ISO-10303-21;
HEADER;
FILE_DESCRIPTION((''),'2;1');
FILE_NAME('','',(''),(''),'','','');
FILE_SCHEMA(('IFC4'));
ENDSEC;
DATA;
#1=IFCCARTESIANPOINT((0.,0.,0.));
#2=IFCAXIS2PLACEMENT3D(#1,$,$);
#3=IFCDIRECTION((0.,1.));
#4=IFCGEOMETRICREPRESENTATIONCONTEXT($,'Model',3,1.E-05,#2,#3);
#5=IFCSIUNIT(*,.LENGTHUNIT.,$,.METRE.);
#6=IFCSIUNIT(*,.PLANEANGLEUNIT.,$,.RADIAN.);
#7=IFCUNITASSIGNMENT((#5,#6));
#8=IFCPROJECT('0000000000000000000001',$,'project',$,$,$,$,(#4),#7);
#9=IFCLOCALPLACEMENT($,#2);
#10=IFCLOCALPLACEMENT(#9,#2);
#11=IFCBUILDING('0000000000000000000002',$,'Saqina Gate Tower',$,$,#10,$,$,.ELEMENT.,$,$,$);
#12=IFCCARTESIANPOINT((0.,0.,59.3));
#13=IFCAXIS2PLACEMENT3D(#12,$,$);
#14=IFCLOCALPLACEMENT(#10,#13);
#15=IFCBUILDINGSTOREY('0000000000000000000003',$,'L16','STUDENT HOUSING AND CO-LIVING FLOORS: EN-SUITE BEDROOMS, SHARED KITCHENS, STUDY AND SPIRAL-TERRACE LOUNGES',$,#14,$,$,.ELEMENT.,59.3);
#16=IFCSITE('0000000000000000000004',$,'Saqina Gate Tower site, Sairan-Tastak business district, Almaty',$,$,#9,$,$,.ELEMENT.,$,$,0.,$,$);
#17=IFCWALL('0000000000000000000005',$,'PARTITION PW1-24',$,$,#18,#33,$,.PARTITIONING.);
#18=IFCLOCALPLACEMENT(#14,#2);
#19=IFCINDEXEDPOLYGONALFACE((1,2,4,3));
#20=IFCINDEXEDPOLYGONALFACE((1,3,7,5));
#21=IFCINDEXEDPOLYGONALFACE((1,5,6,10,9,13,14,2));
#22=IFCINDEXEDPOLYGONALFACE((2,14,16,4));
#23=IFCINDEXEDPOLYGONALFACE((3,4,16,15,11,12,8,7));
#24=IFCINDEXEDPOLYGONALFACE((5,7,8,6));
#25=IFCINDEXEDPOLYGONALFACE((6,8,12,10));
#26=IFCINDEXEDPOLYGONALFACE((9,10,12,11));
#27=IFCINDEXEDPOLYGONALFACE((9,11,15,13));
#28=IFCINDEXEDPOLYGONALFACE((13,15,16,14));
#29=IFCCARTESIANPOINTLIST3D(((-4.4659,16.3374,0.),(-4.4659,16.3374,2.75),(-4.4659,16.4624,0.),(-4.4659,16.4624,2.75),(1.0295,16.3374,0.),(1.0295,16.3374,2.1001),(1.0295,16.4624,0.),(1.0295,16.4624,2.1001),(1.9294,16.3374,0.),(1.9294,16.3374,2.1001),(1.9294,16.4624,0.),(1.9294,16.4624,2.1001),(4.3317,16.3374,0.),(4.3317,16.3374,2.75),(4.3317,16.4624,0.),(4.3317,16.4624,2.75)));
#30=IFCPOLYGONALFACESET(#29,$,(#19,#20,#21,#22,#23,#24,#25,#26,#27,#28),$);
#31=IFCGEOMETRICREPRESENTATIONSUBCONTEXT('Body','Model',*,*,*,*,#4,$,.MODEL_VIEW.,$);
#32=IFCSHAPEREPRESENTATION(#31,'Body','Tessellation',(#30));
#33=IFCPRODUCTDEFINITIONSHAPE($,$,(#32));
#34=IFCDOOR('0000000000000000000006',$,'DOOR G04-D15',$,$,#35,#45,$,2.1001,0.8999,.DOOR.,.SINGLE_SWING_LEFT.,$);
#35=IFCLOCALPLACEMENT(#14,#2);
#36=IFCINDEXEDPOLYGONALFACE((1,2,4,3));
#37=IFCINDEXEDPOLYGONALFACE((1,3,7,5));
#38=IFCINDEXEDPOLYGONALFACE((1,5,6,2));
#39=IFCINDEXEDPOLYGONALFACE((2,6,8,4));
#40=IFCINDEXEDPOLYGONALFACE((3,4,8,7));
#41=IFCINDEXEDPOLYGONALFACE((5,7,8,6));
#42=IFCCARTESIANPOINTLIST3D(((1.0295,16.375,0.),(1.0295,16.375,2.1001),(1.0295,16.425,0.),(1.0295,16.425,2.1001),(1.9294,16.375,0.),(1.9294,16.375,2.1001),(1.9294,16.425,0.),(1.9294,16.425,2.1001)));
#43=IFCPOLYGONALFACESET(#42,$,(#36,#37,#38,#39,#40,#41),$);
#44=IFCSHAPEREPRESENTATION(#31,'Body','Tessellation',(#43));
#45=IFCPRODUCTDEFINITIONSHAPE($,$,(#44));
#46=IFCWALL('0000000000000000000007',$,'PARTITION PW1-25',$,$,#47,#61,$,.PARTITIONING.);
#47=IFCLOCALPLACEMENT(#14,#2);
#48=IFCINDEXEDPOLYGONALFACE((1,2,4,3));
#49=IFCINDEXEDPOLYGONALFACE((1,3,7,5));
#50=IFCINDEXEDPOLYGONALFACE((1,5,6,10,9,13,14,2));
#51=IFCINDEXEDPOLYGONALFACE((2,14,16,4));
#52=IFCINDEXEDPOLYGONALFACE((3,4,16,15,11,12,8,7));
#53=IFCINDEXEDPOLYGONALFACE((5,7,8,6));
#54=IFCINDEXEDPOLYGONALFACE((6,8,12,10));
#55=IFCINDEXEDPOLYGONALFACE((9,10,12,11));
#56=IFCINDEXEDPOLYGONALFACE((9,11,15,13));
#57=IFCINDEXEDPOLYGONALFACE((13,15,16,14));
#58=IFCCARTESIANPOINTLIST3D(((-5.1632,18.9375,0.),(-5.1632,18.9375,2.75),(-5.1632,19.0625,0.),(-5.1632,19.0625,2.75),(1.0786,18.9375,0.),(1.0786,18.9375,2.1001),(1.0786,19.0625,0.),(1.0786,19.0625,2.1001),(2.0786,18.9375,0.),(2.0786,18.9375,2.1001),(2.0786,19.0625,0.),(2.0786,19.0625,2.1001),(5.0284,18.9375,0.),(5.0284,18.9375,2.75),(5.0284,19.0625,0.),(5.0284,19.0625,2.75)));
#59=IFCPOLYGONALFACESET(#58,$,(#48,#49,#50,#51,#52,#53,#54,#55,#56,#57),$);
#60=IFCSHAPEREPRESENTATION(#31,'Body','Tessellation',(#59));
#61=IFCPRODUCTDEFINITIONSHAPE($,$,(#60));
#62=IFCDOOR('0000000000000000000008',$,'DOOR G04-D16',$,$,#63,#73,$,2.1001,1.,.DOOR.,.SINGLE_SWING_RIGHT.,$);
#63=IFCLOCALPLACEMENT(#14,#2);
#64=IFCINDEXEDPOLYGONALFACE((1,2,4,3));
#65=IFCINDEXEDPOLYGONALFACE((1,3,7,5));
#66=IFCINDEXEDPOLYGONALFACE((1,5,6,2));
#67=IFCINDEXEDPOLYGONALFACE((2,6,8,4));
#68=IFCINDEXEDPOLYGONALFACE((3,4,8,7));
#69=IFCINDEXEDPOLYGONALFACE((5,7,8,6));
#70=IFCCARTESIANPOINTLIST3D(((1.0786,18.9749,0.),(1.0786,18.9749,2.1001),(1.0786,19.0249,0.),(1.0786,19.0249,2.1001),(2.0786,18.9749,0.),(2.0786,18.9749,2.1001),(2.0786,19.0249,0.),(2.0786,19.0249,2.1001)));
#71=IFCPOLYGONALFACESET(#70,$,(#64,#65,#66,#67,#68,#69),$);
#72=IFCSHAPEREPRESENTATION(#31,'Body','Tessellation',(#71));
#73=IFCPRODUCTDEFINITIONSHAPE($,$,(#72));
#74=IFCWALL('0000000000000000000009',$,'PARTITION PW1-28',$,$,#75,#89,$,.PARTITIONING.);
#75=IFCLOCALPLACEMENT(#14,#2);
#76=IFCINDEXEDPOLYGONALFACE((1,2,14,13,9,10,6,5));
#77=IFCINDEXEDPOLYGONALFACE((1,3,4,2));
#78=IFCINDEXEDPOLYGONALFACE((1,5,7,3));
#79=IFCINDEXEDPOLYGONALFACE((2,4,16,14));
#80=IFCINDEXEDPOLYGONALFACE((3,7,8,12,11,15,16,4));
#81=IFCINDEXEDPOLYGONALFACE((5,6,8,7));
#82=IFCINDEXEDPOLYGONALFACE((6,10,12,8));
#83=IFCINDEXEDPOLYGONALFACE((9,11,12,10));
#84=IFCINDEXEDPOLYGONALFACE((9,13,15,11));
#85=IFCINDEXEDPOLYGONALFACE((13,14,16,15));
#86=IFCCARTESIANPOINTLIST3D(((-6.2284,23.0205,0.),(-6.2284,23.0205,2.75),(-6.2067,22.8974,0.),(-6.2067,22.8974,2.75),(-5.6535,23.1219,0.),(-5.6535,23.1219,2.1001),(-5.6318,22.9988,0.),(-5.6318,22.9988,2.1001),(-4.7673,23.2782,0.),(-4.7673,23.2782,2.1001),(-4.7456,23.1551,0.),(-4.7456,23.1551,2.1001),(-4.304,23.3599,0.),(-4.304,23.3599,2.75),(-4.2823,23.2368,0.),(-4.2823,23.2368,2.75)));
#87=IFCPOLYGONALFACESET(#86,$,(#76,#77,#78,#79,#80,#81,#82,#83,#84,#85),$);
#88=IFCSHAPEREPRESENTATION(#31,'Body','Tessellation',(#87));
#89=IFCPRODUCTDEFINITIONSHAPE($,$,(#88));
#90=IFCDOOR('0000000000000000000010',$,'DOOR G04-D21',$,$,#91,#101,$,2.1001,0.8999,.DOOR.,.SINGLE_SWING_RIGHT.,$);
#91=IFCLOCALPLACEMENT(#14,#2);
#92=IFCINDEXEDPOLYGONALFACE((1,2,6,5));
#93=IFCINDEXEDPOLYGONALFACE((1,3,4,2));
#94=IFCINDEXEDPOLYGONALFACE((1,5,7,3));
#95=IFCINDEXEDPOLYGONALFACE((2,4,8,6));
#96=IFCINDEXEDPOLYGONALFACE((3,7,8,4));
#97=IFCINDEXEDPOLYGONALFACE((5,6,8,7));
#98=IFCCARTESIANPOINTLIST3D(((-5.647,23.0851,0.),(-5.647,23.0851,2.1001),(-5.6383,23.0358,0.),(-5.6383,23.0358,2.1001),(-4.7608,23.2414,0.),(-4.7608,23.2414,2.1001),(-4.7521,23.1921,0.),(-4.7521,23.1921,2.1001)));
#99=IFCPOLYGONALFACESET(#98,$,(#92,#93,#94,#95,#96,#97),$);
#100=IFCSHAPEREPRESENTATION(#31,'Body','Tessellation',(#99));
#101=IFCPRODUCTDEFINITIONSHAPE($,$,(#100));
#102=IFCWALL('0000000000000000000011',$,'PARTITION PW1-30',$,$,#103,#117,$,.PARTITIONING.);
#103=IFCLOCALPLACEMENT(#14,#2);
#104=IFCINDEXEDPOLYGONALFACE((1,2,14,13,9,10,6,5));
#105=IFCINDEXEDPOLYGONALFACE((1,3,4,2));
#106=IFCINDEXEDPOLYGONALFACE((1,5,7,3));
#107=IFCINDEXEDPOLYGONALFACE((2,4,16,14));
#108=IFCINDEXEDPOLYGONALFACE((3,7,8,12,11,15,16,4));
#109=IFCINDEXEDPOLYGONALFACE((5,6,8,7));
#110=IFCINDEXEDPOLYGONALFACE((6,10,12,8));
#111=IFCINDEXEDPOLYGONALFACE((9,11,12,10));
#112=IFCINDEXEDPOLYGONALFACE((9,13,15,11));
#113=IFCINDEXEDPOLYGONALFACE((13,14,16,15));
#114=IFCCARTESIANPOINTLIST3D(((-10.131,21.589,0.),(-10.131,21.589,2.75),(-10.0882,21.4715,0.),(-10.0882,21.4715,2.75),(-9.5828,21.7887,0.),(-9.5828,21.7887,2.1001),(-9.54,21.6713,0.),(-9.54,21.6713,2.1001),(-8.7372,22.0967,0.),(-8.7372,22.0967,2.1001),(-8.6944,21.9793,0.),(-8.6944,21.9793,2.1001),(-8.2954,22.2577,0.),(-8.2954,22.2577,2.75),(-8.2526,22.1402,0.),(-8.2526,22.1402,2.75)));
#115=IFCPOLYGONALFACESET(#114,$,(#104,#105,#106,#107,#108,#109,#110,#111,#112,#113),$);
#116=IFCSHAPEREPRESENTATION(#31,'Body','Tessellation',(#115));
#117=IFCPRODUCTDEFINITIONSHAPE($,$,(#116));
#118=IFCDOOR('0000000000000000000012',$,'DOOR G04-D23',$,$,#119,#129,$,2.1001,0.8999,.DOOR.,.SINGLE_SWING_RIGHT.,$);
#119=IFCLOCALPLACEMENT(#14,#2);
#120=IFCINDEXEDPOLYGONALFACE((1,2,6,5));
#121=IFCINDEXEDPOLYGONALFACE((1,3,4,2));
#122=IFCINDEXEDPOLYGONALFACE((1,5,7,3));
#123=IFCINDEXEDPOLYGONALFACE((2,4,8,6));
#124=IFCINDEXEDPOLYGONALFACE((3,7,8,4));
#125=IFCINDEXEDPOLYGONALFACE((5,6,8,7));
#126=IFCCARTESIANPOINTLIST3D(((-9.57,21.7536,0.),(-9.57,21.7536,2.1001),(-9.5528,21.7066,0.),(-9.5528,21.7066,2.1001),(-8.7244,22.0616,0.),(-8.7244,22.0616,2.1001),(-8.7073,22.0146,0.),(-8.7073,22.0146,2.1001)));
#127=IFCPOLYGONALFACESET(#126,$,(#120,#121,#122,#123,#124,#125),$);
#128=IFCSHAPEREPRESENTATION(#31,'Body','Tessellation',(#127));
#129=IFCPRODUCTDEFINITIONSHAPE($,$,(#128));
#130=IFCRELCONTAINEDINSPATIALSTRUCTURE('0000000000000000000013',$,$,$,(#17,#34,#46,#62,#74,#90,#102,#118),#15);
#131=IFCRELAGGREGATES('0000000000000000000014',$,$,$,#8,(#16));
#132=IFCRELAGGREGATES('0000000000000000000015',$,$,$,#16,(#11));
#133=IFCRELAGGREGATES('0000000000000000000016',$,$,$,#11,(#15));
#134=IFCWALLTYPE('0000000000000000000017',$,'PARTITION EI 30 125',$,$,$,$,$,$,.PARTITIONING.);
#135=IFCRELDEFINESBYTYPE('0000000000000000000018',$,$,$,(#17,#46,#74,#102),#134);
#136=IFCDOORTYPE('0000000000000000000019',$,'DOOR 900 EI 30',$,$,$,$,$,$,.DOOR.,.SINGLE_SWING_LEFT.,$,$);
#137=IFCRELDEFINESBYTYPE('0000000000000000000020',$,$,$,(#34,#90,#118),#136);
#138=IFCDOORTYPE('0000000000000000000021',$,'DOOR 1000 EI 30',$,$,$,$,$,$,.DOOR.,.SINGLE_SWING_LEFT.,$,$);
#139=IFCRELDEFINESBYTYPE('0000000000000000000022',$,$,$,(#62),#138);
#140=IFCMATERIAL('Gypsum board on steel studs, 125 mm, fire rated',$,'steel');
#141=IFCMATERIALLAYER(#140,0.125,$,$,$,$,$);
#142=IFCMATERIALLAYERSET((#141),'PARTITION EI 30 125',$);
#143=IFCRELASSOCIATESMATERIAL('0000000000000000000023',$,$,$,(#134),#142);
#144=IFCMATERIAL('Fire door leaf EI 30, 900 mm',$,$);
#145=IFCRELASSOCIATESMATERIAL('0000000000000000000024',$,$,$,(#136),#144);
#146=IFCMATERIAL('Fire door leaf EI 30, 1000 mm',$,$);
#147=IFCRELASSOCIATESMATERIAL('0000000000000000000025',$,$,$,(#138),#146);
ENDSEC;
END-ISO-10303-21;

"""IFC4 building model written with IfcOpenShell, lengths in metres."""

from ifc_helpers import new_model, si_unit, direction, frame, frame_2d, origin, place, context, subcontext, project, spatial, rectangle, extrude, material, layer, layer_set, type_object, element, fill, save


model = new_model("IFC4")

# Units and contexts
model_context = context("Model", 3, precision=1e-05, world=origin(), true_north=direction((0.0, 1.0)))
body_context = subcontext(model_context, "Body", "Model", "MODEL_VIEW")
ifc_project = project(units=[si_unit("LENGTHUNIT", "METRE"), si_unit("PLANEANGLEUNIT", "RADIAN")], contexts=[model_context])

# Site, building, storey
site_placement = place(None, origin())
site = spatial("IfcSite", under=ifc_project, at=site_placement, Name="Saqina Gate Tower site, Sairan-Tastak business district, Almaty", CompositionType="ELEMENT", RefElevation=0.0)
building_placement = place(site_placement, origin())
building = spatial("IfcBuilding", under=site, at=building_placement, Name="Saqina Gate Tower", CompositionType="ELEMENT")
storey_placement = place(building_placement, frame((0.0, 0.0, 59.3)))
storey = spatial("IfcBuildingStorey", under=building, at=storey_placement, Name="L16", Description="STUDENT HOUSING AND CO-LIVING FLOORS: EN-SUITE BEDROOMS, SHARED KITCHENS, STUDY AND SPIRAL-TERRACE LOUNGES", CompositionType="ELEMENT", Elevation=59.3)

# Walls, openings, doors
ifc_material_1 = material(Name="Gypsum board on steel studs, 125 mm, fire rated", Category="steel")
ifc_layer_1 = layer(ifc_material_1, 0.125)
ifc_layer_set_1 = layer_set([ifc_layer_1], Name="PARTITION EI 30 125")
wall_type_1 = type_object("IfcWallType", Name="PARTITION EI 30 125", PredefinedType="PARTITIONING", material=ifc_layer_set_1)
wall_1_placement = place(storey_placement, frame((-4.4661, 16.3999, 0.0), z_axis=(0.0, 0.0, 1.0), x_axis=(1.0, 0.0, 0.0)))
wall_1 = element("IfcWall", 1, at=wall_1_placement, inside=storey, type_object=wall_type_1, Name="PARTITION PW1-24", PredefinedType="PARTITIONING", context=body_context, shape_type="SweptSolid", body=[
    extrude(rectangle(XDim=8.7976, YDim=0.125, at=frame_2d((4.3989, 0.0))), origin(), (0.0, 0.0, 1.0), 2.75),
])
opening_1_placement = place(wall_1_placement, frame((5.4956, 0.0, 0.0)))
opening_1 = element("IfcOpeningElement", 2, at=opening_1_placement, cuts=wall_1, PredefinedType="OPENING", context=body_context, shape_type="SweptSolid", body=[
    extrude(rectangle(XDim=0.8999, YDim=2.1001, at=frame_2d((0.45, 1.05))), frame((0.0, 0.0745, 0.0), z_axis=(0.0, -1.0, 0.0), x_axis=(1.0, 0.0, 0.0)), (0.0, 0.0, 1.0), 0.1489),
])
ifc_material_2 = material(Name="Fire door leaf EI 30, 900 mm")
door_type_1 = type_object("IfcDoorType", Name="DOOR 900 EI 30", OperationType="SINGLE_SWING_LEFT", PredefinedType="DOOR", material=ifc_material_2)
door_1_placement = place(opening_1_placement, frame((0.8999, 0.0, 0.0), z_axis=(0.0, 0.0, 1.0), x_axis=(-1.0, 0.0, 0.0)))
door_1 = element("IfcDoor", 3, at=door_1_placement, inside=storey, type_object=door_type_1, Name="DOOR G04-D15", OperationType="SINGLE_SWING_LEFT", OverallHeight=2.1001, OverallWidth=0.8999, PredefinedType="DOOR", context=body_context, shape_type="SweptSolid", body=[
    extrude(rectangle(XDim=0.8999, YDim=2.1001, at=frame_2d((0.45, 1.05))), frame((0.0, 0.0249, 0.0), z_axis=(0.0, -1.0, 0.0), x_axis=(1.0, 0.0, 0.0)), (0.0, 0.0, 1.0), 0.05),
])
fill(opening_1, door_1)
wall_2_placement = place(storey_placement, frame((-5.1631, 19.0, 0.0), z_axis=(0.0, 0.0, 1.0), x_axis=(1.0, 0.0, 0.0)))
wall_2 = element("IfcWall", 4, at=wall_2_placement, inside=storey, type_object=wall_type_1, Name="PARTITION PW1-25", PredefinedType="PARTITIONING", context=body_context, shape_type="SweptSolid", body=[
    extrude(rectangle(XDim=10.1917, YDim=0.125, at=frame_2d((5.0957, 0.0))), origin(), (0.0, 0.0, 1.0), 2.75),
])
opening_2_placement = place(wall_2_placement, frame((6.2417, 0.0, 0.0)))
opening_2 = element("IfcOpeningElement", 5, at=opening_2_placement, cuts=wall_2, PredefinedType="OPENING", context=body_context, shape_type="SweptSolid", body=[
    extrude(rectangle(XDim=1.0, YDim=2.1001, at=frame_2d((0.5, 1.05))), frame((0.0, 0.0745, 0.0), z_axis=(0.0, -1.0, 0.0), x_axis=(1.0, 0.0, 0.0)), (0.0, 0.0, 1.0), 0.1489),
])
ifc_material_3 = material(Name="Fire door leaf EI 30, 1000 mm")
door_type_2 = type_object("IfcDoorType", Name="DOOR 1000 EI 30", OperationType="SINGLE_SWING_LEFT", PredefinedType="DOOR", material=ifc_material_3)
door_2_placement = place(opening_2_placement, origin())
door_2 = element("IfcDoor", 6, at=door_2_placement, inside=storey, type_object=door_type_2, Name="DOOR G04-D16", OperationType="SINGLE_SWING_RIGHT", OverallHeight=2.1001, OverallWidth=1.0, PredefinedType="DOOR", context=body_context, shape_type="SweptSolid", body=[
    extrude(rectangle(XDim=1.0, YDim=2.1001, at=frame_2d((0.5, 1.05))), frame((0.0, 0.0249, 0.0), z_axis=(0.0, -1.0, 0.0), x_axis=(1.0, 0.0, 0.0)), (0.0, 0.0, 1.0), 0.05),
])
fill(opening_2, door_2)
wall_3_placement = place(storey_placement, frame((-6.2175, 22.959, 0.0), z_axis=(0.0, 0.0, 1.0), x_axis=(0.984804, 0.173671, 0.0)))
wall_3 = element("IfcWall", 7, at=wall_3_placement, inside=storey, type_object=wall_type_1, Name="PARTITION PW1-28", PredefinedType="PARTITIONING", context=body_context, shape_type="SweptSolid", body=[
    extrude(rectangle(XDim=1.9541, YDim=0.125, at=frame_2d((0.9771, 0.0))), origin(), (0.0, 0.0, 1.0), 2.75),
])
opening_3_placement = place(wall_3_placement, frame((0.5837, 0.0, 0.0)))
opening_3 = element("IfcOpeningElement", 8, at=opening_3_placement, cuts=wall_3, PredefinedType="OPENING", context=body_context, shape_type="SweptSolid", body=[
    extrude(rectangle(XDim=0.8999, YDim=2.1001, at=frame_2d((0.45, 1.05))), frame((0.0, 0.0745, 0.0), z_axis=(0.0, -1.0, 0.0), x_axis=(1.0, 0.0, 0.0)), (0.0, 0.0, 1.0), 0.1489),
])
door_3_placement = place(opening_3_placement, frame((0.8999, 0.0, 0.0), z_axis=(0.0, 0.0, 1.0), x_axis=(-1.0, 0.0, 0.0)))
door_3 = element("IfcDoor", 9, at=door_3_placement, inside=storey, type_object=door_type_1, Name="DOOR G04-D21", OperationType="SINGLE_SWING_RIGHT", OverallHeight=2.1001, OverallWidth=0.8999, PredefinedType="DOOR", context=body_context, shape_type="SweptSolid", body=[
    extrude(rectangle(XDim=0.8999, YDim=2.1001, at=frame_2d((0.45, 1.05))), frame((0.0, 0.0249, 0.0), z_axis=(0.0, -1.0, 0.0), x_axis=(1.0, 0.0, 0.0)), (0.0, 0.0, 1.0), 0.05),
])
fill(opening_3, door_3)
wall_4_placement = place(storey_placement, frame((-10.1096, 21.5303, 0.0), z_axis=(0.0, 0.0, 1.0), x_axis=(0.9396, 0.342275, 0.0)))
wall_4 = element("IfcWall", 10, at=wall_4_placement, inside=storey, type_object=wall_type_1, Name="PARTITION PW1-30", PredefinedType="PARTITIONING", context=body_context, shape_type="SweptSolid", body=[
    extrude(rectangle(XDim=1.9536, YDim=0.125, at=frame_2d((0.9768, 0.0))), origin(), (0.0, 0.0, 1.0), 2.75),
])
opening_4_placement = place(wall_4_placement, frame((0.5835, 0.0, 0.0)))
opening_4 = element("IfcOpeningElement", 11, at=opening_4_placement, cuts=wall_4, PredefinedType="OPENING", context=body_context, shape_type="SweptSolid", body=[
    extrude(rectangle(XDim=0.8999, YDim=2.1001, at=frame_2d((0.45, 1.05))), frame((0.0, 0.0745, 0.0), z_axis=(0.0, -1.0, 0.0), x_axis=(1.0, 0.0, 0.0)), (0.0, 0.0, 1.0), 0.1489),
])
door_4_placement = place(opening_4_placement, frame((0.8999, 0.0, 0.0), z_axis=(0.0, 0.0, 1.0), x_axis=(-1.0, 0.0, 0.0)))
door_4 = element("IfcDoor", 12, at=door_4_placement, inside=storey, type_object=door_type_1, Name="DOOR G04-D23", OperationType="SINGLE_SWING_RIGHT", OverallHeight=2.1001, OverallWidth=0.8999, PredefinedType="DOOR", context=body_context, shape_type="SweptSolid", body=[
    extrude(rectangle(XDim=0.8999, YDim=2.1001, at=frame_2d((0.45, 1.05))), frame((0.0, 0.0249, 0.0), z_axis=(0.0, -1.0, 0.0), x_axis=(1.0, 0.0, 0.0)), (0.0, 0.0, 1.0), 0.05),
])
fill(opening_4, door_4)

save(model, "model.ifc")
